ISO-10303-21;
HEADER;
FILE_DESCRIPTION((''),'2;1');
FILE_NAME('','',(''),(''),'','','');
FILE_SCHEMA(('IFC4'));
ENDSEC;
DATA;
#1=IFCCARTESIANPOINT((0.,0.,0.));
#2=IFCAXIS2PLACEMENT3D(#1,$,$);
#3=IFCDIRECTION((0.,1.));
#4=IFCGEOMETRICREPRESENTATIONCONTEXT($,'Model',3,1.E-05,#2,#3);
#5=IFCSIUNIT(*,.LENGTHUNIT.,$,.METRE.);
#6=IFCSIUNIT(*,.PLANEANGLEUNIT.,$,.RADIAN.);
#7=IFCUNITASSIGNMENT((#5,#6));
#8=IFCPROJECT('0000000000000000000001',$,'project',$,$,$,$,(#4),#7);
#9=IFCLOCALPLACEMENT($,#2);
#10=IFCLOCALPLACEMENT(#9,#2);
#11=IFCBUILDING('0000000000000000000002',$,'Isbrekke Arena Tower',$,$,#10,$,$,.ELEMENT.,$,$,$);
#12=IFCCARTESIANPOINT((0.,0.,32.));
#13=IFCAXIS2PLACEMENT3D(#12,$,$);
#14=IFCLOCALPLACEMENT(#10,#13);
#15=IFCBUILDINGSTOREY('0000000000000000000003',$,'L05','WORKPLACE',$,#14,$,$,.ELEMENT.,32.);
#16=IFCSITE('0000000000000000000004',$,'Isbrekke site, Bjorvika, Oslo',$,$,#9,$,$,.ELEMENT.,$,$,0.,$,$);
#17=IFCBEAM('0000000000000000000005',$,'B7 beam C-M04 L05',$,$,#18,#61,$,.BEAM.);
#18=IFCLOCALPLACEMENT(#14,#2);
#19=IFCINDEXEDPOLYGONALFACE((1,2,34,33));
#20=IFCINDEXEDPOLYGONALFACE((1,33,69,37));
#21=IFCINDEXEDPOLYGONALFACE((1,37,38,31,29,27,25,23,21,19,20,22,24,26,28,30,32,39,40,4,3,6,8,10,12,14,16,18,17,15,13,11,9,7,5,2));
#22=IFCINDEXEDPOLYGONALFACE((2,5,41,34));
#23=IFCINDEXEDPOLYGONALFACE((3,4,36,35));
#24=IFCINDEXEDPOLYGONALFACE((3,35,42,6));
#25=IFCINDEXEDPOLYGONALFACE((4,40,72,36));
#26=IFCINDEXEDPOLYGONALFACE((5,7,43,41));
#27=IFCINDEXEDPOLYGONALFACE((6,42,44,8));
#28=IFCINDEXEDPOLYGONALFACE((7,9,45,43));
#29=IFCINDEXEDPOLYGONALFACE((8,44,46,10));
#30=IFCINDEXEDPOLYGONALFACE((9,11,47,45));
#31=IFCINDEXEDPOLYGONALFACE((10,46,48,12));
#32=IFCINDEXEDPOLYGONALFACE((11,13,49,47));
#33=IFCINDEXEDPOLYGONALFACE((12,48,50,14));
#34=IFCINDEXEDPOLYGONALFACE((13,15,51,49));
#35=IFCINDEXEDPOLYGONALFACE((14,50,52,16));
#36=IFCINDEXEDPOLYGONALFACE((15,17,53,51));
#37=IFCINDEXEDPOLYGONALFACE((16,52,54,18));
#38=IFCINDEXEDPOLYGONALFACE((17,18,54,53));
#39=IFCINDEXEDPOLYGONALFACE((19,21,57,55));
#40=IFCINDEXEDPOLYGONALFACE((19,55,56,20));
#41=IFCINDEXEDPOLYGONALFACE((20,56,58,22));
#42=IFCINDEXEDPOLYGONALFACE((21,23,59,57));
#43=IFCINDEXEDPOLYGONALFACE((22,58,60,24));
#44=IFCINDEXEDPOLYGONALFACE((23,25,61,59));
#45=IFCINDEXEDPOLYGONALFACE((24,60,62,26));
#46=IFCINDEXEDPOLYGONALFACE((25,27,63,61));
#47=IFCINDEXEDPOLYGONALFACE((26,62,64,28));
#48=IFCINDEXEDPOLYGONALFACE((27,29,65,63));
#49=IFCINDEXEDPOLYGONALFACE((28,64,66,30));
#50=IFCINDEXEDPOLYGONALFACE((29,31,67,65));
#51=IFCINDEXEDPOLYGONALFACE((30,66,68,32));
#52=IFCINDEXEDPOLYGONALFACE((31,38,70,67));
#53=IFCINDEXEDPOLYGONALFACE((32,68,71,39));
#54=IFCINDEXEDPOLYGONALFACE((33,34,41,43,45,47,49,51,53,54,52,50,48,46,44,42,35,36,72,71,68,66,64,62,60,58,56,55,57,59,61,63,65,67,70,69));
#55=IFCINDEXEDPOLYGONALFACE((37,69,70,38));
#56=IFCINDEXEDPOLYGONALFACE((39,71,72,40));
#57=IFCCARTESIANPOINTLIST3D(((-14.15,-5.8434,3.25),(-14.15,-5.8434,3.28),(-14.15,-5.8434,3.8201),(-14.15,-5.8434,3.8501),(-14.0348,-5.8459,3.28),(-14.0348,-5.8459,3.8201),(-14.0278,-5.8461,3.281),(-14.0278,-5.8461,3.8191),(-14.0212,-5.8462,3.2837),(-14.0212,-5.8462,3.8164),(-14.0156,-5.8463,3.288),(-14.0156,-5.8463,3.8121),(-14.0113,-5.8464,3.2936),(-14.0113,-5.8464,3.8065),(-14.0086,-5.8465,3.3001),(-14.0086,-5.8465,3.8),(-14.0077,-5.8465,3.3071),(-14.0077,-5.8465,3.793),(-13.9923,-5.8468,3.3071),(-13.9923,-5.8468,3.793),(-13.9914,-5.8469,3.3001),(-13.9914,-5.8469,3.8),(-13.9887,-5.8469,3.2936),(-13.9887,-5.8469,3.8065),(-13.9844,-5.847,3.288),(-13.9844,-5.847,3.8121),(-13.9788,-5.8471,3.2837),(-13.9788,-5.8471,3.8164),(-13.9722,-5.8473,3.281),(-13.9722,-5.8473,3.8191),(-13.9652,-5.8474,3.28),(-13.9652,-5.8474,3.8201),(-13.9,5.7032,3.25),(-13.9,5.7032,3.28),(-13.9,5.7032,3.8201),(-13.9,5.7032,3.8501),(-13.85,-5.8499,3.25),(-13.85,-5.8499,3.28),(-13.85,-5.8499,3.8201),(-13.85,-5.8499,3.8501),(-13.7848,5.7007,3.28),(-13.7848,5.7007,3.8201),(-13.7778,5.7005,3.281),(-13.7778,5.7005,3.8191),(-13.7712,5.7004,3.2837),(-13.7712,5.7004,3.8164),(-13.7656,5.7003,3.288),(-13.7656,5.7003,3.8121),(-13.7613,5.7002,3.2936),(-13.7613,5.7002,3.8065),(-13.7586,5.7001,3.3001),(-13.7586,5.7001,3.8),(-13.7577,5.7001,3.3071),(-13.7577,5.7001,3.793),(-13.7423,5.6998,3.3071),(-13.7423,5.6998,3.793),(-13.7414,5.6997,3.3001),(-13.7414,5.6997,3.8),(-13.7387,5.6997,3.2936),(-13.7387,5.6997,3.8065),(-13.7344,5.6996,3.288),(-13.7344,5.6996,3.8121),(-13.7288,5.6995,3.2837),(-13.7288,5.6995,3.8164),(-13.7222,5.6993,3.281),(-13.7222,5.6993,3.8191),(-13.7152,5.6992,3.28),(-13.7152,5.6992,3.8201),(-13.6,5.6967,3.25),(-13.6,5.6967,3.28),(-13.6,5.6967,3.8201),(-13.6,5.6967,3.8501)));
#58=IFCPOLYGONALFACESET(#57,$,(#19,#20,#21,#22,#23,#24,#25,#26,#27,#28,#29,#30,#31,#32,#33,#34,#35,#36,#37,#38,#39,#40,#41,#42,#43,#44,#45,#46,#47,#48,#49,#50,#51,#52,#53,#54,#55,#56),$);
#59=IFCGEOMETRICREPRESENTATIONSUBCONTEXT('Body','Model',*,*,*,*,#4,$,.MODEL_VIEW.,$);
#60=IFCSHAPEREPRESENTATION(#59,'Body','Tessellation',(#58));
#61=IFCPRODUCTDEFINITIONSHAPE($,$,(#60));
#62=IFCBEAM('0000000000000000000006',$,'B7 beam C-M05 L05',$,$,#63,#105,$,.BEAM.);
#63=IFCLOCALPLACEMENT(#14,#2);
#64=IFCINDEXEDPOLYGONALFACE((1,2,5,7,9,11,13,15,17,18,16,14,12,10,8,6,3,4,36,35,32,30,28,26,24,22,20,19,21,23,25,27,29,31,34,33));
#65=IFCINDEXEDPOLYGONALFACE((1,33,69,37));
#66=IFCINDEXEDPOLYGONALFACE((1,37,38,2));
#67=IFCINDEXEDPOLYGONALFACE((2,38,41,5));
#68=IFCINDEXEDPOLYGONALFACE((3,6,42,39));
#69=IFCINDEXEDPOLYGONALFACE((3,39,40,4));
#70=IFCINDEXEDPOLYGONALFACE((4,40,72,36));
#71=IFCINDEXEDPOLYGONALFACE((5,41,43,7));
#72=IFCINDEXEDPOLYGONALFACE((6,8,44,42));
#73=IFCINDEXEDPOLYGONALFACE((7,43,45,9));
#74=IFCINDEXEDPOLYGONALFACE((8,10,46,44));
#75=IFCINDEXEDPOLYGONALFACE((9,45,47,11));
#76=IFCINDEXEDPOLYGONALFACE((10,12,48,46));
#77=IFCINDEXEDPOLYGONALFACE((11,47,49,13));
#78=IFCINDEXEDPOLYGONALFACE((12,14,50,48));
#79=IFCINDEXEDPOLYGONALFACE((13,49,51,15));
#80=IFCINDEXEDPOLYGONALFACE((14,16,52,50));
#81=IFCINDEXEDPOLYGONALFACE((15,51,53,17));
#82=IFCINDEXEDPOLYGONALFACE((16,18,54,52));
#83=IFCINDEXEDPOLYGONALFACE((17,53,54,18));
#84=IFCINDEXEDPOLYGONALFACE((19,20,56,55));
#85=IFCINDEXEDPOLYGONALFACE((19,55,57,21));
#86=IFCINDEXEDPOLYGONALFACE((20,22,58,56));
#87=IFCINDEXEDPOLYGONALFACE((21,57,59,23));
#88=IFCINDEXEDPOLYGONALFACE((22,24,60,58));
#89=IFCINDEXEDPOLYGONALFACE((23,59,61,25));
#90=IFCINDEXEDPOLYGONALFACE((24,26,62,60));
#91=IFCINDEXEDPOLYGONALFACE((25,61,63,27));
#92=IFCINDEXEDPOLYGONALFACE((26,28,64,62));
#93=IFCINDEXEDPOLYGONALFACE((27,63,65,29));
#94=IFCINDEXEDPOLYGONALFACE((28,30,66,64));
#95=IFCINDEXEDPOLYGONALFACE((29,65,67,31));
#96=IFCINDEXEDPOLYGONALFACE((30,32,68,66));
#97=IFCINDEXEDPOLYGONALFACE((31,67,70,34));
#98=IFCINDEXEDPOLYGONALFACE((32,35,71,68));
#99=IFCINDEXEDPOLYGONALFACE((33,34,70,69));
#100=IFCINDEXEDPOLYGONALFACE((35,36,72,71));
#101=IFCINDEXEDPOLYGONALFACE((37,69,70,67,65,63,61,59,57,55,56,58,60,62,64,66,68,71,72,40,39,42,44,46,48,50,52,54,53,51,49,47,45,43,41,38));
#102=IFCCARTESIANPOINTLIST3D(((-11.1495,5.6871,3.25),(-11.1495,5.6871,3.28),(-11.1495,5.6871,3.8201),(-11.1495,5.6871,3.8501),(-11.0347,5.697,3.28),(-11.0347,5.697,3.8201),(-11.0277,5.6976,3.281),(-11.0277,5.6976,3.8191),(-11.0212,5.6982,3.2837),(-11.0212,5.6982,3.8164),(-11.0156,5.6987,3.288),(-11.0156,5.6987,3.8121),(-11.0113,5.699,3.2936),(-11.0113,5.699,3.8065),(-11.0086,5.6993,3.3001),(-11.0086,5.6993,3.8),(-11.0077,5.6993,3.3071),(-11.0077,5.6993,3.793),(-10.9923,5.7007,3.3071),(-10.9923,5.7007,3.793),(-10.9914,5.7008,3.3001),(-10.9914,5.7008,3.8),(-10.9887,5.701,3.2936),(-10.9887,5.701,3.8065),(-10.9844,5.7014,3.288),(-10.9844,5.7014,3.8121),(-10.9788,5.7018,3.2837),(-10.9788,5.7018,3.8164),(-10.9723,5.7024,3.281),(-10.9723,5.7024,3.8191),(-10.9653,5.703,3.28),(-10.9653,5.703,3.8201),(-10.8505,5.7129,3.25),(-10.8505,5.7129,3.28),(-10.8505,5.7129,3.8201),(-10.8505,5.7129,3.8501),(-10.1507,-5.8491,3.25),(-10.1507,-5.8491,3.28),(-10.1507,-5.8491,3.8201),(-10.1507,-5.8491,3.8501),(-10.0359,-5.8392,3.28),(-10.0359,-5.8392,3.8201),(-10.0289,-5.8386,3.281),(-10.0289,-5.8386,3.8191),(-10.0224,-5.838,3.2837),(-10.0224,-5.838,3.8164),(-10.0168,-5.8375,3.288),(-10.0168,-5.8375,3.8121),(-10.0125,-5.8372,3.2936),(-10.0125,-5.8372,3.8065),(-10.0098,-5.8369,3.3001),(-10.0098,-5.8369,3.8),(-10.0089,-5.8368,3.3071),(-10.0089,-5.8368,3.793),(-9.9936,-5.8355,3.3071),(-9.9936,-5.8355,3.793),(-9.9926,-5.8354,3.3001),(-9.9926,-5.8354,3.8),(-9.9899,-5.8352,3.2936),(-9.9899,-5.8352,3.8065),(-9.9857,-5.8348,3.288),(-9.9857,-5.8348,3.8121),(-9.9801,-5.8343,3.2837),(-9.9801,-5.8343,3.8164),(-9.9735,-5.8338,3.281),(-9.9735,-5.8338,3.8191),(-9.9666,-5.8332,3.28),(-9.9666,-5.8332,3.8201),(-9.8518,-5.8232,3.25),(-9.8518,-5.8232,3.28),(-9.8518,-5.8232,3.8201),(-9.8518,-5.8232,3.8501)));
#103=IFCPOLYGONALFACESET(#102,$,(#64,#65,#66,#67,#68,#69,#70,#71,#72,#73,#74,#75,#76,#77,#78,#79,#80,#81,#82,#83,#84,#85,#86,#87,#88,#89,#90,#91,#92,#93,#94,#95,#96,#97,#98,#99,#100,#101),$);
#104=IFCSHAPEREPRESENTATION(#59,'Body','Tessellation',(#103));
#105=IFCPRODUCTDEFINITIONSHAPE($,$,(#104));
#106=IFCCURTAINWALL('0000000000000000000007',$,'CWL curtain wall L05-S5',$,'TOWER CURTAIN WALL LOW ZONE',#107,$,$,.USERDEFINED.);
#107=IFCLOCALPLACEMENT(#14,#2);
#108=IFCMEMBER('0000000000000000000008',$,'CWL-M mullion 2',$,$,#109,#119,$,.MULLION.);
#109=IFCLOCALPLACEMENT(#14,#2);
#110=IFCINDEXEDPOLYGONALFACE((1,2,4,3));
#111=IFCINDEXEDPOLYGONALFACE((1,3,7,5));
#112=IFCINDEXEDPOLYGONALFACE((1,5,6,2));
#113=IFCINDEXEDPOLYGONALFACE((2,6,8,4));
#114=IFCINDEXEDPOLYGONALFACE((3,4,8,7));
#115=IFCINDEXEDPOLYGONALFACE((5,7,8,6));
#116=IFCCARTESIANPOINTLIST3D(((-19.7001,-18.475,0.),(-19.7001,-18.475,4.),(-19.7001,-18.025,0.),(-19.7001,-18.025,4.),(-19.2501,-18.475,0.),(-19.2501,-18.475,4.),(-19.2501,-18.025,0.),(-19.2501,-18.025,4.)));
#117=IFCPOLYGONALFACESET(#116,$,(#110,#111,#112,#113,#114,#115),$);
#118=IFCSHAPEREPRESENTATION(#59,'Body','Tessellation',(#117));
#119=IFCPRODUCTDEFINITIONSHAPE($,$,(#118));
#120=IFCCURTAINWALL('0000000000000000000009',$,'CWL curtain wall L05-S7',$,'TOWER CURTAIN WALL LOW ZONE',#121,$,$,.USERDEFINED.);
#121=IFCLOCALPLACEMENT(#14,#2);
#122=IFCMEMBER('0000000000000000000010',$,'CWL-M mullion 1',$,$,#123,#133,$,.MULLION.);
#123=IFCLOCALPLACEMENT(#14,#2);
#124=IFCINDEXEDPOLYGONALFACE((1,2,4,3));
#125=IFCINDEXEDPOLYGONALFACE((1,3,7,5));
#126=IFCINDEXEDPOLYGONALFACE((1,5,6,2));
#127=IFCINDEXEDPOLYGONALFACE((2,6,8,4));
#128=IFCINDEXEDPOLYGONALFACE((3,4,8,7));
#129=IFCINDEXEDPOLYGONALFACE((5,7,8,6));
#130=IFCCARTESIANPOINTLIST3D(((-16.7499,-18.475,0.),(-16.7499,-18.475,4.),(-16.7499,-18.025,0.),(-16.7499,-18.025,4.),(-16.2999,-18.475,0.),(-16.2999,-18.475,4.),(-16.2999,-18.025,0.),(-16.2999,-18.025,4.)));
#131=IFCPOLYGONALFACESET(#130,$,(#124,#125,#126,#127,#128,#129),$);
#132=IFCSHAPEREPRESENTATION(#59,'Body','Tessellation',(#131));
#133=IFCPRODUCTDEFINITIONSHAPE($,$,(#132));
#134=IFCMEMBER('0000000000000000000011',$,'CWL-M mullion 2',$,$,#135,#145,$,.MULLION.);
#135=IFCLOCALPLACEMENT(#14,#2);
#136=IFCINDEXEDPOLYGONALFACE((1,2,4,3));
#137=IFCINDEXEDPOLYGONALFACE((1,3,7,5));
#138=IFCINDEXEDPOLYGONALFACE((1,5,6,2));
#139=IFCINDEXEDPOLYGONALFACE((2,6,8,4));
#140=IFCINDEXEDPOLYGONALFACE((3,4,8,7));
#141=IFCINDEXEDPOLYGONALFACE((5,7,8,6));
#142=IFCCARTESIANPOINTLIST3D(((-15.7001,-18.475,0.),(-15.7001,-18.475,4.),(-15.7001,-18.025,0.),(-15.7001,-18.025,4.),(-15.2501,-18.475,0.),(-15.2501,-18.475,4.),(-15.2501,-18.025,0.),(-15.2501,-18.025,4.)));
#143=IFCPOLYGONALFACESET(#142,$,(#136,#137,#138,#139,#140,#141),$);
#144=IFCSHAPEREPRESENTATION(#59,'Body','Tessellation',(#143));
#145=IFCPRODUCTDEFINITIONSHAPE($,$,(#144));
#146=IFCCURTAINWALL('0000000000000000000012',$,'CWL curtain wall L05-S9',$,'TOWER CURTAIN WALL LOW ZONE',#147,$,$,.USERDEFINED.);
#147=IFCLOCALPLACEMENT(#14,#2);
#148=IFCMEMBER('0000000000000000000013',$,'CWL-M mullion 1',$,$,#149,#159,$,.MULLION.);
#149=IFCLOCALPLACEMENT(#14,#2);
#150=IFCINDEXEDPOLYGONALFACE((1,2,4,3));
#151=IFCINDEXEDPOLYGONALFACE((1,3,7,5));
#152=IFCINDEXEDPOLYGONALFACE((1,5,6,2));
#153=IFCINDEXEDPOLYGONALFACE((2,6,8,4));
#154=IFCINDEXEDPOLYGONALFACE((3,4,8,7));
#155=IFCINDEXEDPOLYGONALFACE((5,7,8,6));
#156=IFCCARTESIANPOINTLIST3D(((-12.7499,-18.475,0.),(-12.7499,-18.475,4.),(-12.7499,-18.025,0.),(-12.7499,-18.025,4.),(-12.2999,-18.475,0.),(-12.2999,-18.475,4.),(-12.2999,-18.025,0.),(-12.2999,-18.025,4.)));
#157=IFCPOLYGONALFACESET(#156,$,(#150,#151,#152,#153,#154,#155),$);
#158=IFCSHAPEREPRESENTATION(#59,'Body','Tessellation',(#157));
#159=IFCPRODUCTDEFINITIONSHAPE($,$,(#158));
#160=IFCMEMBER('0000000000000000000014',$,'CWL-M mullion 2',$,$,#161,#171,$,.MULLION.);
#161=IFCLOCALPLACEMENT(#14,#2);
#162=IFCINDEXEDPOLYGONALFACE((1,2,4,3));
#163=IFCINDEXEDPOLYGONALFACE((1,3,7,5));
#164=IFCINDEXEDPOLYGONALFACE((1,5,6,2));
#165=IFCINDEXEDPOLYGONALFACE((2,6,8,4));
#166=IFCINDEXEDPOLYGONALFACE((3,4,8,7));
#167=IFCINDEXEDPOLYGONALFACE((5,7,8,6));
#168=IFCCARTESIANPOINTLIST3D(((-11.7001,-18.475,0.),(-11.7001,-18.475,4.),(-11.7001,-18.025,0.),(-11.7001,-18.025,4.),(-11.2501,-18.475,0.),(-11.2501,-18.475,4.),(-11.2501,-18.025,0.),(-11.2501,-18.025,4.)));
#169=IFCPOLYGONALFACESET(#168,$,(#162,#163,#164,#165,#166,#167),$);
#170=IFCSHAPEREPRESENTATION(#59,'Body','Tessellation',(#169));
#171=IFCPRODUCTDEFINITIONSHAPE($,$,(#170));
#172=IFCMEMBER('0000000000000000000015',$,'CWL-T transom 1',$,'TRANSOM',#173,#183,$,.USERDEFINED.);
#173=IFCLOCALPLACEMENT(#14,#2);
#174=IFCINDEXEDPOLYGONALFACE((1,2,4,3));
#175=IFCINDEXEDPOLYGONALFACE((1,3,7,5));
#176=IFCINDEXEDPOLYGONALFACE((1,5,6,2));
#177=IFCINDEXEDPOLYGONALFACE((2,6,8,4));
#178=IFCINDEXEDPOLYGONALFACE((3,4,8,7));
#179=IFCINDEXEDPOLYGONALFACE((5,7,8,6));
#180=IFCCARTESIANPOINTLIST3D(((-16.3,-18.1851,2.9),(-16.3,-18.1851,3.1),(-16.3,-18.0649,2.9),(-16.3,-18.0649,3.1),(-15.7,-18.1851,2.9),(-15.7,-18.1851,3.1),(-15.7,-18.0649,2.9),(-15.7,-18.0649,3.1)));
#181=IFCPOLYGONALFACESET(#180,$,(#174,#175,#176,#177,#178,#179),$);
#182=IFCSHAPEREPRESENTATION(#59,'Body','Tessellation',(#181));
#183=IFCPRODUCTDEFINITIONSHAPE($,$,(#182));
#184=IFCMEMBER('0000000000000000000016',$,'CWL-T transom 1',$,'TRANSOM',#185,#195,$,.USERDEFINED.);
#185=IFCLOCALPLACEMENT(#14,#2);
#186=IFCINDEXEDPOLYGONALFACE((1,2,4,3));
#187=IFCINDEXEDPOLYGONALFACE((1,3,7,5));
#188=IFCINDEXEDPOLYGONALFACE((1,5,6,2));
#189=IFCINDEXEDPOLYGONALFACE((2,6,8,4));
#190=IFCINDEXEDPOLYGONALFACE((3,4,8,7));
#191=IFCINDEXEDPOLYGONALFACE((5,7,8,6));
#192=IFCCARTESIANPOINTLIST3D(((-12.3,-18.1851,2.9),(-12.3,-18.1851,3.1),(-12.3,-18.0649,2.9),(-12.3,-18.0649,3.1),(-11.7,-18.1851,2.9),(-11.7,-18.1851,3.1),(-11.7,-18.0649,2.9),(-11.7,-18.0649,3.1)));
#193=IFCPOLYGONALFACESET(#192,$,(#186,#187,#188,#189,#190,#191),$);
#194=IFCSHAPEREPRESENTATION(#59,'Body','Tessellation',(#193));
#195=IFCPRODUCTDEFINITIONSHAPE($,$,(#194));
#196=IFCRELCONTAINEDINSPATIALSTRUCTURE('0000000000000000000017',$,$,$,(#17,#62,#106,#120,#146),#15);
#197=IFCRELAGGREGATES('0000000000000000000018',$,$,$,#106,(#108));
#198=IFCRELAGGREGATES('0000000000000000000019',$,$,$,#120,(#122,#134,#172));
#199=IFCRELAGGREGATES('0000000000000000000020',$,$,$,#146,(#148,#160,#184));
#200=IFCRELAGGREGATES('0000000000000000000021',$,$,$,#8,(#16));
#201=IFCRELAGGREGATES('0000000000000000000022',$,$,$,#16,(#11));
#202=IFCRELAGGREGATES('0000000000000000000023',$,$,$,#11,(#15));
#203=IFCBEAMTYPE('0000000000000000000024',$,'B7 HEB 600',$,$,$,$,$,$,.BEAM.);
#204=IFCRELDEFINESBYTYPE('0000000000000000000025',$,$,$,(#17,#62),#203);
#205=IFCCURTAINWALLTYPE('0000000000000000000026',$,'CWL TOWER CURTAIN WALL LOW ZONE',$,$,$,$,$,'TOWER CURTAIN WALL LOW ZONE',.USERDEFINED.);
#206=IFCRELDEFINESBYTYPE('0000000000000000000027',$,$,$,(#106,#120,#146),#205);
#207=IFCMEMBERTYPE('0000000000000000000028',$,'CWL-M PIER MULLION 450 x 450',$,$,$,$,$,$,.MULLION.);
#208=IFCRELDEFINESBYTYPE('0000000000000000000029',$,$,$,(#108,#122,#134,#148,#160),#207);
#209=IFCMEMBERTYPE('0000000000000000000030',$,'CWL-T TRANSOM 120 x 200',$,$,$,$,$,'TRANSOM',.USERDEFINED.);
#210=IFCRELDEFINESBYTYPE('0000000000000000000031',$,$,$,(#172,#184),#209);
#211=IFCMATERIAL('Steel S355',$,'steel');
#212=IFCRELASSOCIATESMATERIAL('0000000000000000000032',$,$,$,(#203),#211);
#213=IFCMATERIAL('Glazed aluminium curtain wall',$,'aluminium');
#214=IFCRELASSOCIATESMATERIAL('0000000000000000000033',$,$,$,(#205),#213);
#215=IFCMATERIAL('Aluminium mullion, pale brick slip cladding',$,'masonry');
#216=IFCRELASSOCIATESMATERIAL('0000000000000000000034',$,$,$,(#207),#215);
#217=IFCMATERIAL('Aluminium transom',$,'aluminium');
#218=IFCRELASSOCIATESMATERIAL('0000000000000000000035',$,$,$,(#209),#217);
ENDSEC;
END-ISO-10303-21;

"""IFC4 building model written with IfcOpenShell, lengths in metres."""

from ifc_helpers import new_model, si_unit, direction, frame, origin, origin_2d, place, context, subcontext, project, spatial, rectangle, i_section, extrude, material, material_profile, profile_set, type_object, element, aggregate, save


model = new_model("IFC4")

# Units and contexts
model_context = context("Model", 3, precision=1e-05, world=origin(), true_north=direction((0.0, 1.0)))
body_context = subcontext(model_context, "Body", "Model", "MODEL_VIEW")
ifc_project = project(units=[si_unit("LENGTHUNIT", "METRE"), si_unit("PLANEANGLEUNIT", "RADIAN")], contexts=[model_context])

# Site, building, storey
site_placement = place(None, origin())
site = spatial("IfcSite", under=ifc_project, at=site_placement, Name="Isbrekke site, Bjorvika, Oslo", CompositionType="ELEMENT", RefElevation=0.0)
building_placement = place(site_placement, origin())
building = spatial("IfcBuilding", under=site, at=building_placement, Name="Isbrekke Arena Tower", CompositionType="ELEMENT")
storey_placement = place(building_placement, frame((0.0, 0.0, 32.0)))
storey = spatial("IfcBuildingStorey", under=building, at=storey_placement, Name="L05", Description="WORKPLACE", CompositionType="ELEMENT", Elevation=32.0)

# Beams
ifc_material_1 = material(Name="Steel S355", Category="steel")
ifc_material_profile_1 = material_profile(ifc_material_1, i_section(OverallWidth=0.3, OverallDepth=0.6001, WebThickness=0.0154, FlangeThickness=0.03, FilletRadius=0.0271, at=origin_2d()), Name="HEB 600")
ifc_profile_set_1 = profile_set([ifc_material_profile_1], Name="Steel S355")
beam_type_1 = type_object("IfcBeamType", Name="B7 HEB 600", PredefinedType="BEAM", material=ifc_profile_set_1)
beam_1_placement = place(storey_placement, frame((-14.0, -5.8467, 3.55), z_axis=(0.021646, 0.999766, 0.0), x_axis=(-0.999766, 0.021646, 0.0)))
element("IfcBeam", 1, at=beam_1_placement, inside=storey, type_object=beam_type_1, Name="B7 beam C-M04 L05", PredefinedType="BEAM", context=body_context, shape_type="SweptSolid", body=[
    extrude(i_section(OverallWidth=0.3, OverallDepth=0.6001, WebThickness=0.0154, FlangeThickness=0.03, FilletRadius=0.0271, at=origin_2d()), origin(), (0.0, 0.0, 1.0), 11.5493),
])
beam_2_placement = place(storey_placement, frame((-10.0012, -5.8362, 3.55), z_axis=(-0.086256, 0.996273, 0.0), x_axis=(-0.996273, -0.086256, 0.0)))
element("IfcBeam", 2, at=beam_2_placement, inside=storey, type_object=beam_type_1, Name="B7 beam C-M05 L05", PredefinedType="BEAM", context=body_context, shape_type="SweptSolid", body=[
    extrude(i_section(OverallWidth=0.3, OverallDepth=0.6001, WebThickness=0.0154, FlangeThickness=0.03, FilletRadius=0.0271, at=origin_2d()), origin(), (0.0, 0.0, 1.0), 11.5793),
])

# Curtain wall, member
ifc_material_2 = material(Name="Glazed aluminium curtain wall", Category="aluminium")
curtain_wall_type = type_object("IfcCurtainWallType", Name="CWL TOWER CURTAIN WALL LOW ZONE", ElementType="TOWER CURTAIN WALL LOW ZONE", PredefinedType="USERDEFINED", material=ifc_material_2)
curtain_wall_1_placement = place(storey_placement, origin())
curtain_wall_1 = element("IfcCurtainWall", 3, at=curtain_wall_1_placement, inside=storey, type_object=curtain_wall_type, Name="CWL curtain wall L05-S5", ObjectType="TOWER CURTAIN WALL LOW ZONE", PredefinedType="USERDEFINED")
ifc_material_3 = material(Name="Aluminium mullion, pale brick slip cladding", Category="masonry")
ifc_material_profile_2 = material_profile(ifc_material_3, rectangle(XDim=0.45, YDim=0.45, at=origin_2d()), Name="PIER 450X450")
ifc_profile_set_2 = profile_set([ifc_material_profile_2], Name="Aluminium mullion, pale brick slip cladding")
member_type_1 = type_object("IfcMemberType", Name="CWL-M PIER MULLION 450 x 450", PredefinedType="MULLION", material=ifc_profile_set_2)
member_1_placement = place(storey_placement, frame((-19.4751, -18.25, 0.0), z_axis=(0.0, 0.0, 1.0), x_axis=(1.0, 0.0, 0.0)))
member_1 = element("IfcMember", 4, at=member_1_placement, type_object=member_type_1, Name="CWL-M mullion 2", PredefinedType="MULLION", context=body_context, shape_type="SweptSolid", body=[
    extrude(rectangle(XDim=0.45, YDim=0.45, at=origin_2d()), origin(), (0.0, 0.0, 1.0), 4.0),
])

# Curtain walls, members
curtain_wall_2_placement = place(storey_placement, origin())
curtain_wall_2 = element("IfcCurtainWall", 5, at=curtain_wall_2_placement, inside=storey, type_object=curtain_wall_type, Name="CWL curtain wall L05-S7", ObjectType="TOWER CURTAIN WALL LOW ZONE", PredefinedType="USERDEFINED")
member_2_placement = place(storey_placement, frame((-16.5249, -18.25, 0.0), z_axis=(0.0, 0.0, 1.0), x_axis=(1.0, 0.0, 0.0)))
member_2 = element("IfcMember", 6, at=member_2_placement, type_object=member_type_1, Name="CWL-M mullion 1", PredefinedType="MULLION", context=body_context, shape_type="SweptSolid", body=[
    extrude(rectangle(XDim=0.45, YDim=0.45, at=origin_2d()), origin(), (0.0, 0.0, 1.0), 4.0),
])
member_3_placement = place(storey_placement, frame((-15.4751, -18.25, 0.0), z_axis=(0.0, 0.0, 1.0), x_axis=(1.0, 0.0, 0.0)))
member_3 = element("IfcMember", 7, at=member_3_placement, type_object=member_type_1, Name="CWL-M mullion 2", PredefinedType="MULLION", context=body_context, shape_type="SweptSolid", body=[
    extrude(rectangle(XDim=0.45, YDim=0.45, at=origin_2d()), origin(), (0.0, 0.0, 1.0), 4.0),
])
curtain_wall_3_placement = place(storey_placement, origin())
curtain_wall_3 = element("IfcCurtainWall", 8, at=curtain_wall_3_placement, inside=storey, type_object=curtain_wall_type, Name="CWL curtain wall L05-S9", ObjectType="TOWER CURTAIN WALL LOW ZONE", PredefinedType="USERDEFINED")
member_4_placement = place(storey_placement, frame((-12.5249, -18.25, 0.0), z_axis=(0.0, 0.0, 1.0), x_axis=(1.0, 0.0, 0.0)))
member_4 = element("IfcMember", 9, at=member_4_placement, type_object=member_type_1, Name="CWL-M mullion 1", PredefinedType="MULLION", context=body_context, shape_type="SweptSolid", body=[
    extrude(rectangle(XDim=0.45, YDim=0.45, at=origin_2d()), origin(), (0.0, 0.0, 1.0), 4.0),
])
member_5_placement = place(storey_placement, frame((-11.4751, -18.25, 0.0), z_axis=(0.0, 0.0, 1.0), x_axis=(1.0, 0.0, 0.0)))
member_5 = element("IfcMember", 10, at=member_5_placement, type_object=member_type_1, Name="CWL-M mullion 2", PredefinedType="MULLION", context=body_context, shape_type="SweptSolid", body=[
    extrude(rectangle(XDim=0.45, YDim=0.45, at=origin_2d()), origin(), (0.0, 0.0, 1.0), 4.0),
])

# Members
ifc_material_4 = material(Name="Aluminium transom", Category="aluminium")
ifc_material_profile_3 = material_profile(ifc_material_4, rectangle(XDim=0.1201, YDim=0.2, at=origin_2d()), Name="TRANSOM 120X200")
ifc_profile_set_3 = profile_set([ifc_material_profile_3], Name="Aluminium transom")
member_type_2 = type_object("IfcMemberType", Name="CWL-T TRANSOM 120 x 200", ElementType="TRANSOM", PredefinedType="USERDEFINED", material=ifc_profile_set_3)
member_6_placement = place(storey_placement, frame((-16.3, -18.125, 3.0), z_axis=(1.0, 0.0, 0.0), x_axis=(0.0, 1.0, 0.0)))
member_6 = element("IfcMember", 11, at=member_6_placement, type_object=member_type_2, Name="CWL-T transom 1", ObjectType="TRANSOM", PredefinedType="USERDEFINED", context=body_context, shape_type="SweptSolid", body=[
    extrude(rectangle(XDim=0.1201, YDim=0.2, at=origin_2d()), origin(), (0.0, 0.0, 1.0), 0.6001),
])
member_7_placement = place(storey_placement, frame((-12.3, -18.125, 3.0), z_axis=(1.0, 0.0, 0.0), x_axis=(0.0, 1.0, 0.0)))
member_7 = element("IfcMember", 12, at=member_7_placement, type_object=member_type_2, Name="CWL-T transom 1", ObjectType="TRANSOM", PredefinedType="USERDEFINED", context=body_context, shape_type="SweptSolid", body=[
    extrude(rectangle(XDim=0.1201, YDim=0.2, at=origin_2d()), origin(), (0.0, 0.0, 1.0), 0.6001),
])

aggregate(curtain_wall_1, [member_1])
aggregate(curtain_wall_2, [member_2, member_3, member_6])
aggregate(curtain_wall_3, [member_4, member_5, member_7])

save(model, "model.ifc")
